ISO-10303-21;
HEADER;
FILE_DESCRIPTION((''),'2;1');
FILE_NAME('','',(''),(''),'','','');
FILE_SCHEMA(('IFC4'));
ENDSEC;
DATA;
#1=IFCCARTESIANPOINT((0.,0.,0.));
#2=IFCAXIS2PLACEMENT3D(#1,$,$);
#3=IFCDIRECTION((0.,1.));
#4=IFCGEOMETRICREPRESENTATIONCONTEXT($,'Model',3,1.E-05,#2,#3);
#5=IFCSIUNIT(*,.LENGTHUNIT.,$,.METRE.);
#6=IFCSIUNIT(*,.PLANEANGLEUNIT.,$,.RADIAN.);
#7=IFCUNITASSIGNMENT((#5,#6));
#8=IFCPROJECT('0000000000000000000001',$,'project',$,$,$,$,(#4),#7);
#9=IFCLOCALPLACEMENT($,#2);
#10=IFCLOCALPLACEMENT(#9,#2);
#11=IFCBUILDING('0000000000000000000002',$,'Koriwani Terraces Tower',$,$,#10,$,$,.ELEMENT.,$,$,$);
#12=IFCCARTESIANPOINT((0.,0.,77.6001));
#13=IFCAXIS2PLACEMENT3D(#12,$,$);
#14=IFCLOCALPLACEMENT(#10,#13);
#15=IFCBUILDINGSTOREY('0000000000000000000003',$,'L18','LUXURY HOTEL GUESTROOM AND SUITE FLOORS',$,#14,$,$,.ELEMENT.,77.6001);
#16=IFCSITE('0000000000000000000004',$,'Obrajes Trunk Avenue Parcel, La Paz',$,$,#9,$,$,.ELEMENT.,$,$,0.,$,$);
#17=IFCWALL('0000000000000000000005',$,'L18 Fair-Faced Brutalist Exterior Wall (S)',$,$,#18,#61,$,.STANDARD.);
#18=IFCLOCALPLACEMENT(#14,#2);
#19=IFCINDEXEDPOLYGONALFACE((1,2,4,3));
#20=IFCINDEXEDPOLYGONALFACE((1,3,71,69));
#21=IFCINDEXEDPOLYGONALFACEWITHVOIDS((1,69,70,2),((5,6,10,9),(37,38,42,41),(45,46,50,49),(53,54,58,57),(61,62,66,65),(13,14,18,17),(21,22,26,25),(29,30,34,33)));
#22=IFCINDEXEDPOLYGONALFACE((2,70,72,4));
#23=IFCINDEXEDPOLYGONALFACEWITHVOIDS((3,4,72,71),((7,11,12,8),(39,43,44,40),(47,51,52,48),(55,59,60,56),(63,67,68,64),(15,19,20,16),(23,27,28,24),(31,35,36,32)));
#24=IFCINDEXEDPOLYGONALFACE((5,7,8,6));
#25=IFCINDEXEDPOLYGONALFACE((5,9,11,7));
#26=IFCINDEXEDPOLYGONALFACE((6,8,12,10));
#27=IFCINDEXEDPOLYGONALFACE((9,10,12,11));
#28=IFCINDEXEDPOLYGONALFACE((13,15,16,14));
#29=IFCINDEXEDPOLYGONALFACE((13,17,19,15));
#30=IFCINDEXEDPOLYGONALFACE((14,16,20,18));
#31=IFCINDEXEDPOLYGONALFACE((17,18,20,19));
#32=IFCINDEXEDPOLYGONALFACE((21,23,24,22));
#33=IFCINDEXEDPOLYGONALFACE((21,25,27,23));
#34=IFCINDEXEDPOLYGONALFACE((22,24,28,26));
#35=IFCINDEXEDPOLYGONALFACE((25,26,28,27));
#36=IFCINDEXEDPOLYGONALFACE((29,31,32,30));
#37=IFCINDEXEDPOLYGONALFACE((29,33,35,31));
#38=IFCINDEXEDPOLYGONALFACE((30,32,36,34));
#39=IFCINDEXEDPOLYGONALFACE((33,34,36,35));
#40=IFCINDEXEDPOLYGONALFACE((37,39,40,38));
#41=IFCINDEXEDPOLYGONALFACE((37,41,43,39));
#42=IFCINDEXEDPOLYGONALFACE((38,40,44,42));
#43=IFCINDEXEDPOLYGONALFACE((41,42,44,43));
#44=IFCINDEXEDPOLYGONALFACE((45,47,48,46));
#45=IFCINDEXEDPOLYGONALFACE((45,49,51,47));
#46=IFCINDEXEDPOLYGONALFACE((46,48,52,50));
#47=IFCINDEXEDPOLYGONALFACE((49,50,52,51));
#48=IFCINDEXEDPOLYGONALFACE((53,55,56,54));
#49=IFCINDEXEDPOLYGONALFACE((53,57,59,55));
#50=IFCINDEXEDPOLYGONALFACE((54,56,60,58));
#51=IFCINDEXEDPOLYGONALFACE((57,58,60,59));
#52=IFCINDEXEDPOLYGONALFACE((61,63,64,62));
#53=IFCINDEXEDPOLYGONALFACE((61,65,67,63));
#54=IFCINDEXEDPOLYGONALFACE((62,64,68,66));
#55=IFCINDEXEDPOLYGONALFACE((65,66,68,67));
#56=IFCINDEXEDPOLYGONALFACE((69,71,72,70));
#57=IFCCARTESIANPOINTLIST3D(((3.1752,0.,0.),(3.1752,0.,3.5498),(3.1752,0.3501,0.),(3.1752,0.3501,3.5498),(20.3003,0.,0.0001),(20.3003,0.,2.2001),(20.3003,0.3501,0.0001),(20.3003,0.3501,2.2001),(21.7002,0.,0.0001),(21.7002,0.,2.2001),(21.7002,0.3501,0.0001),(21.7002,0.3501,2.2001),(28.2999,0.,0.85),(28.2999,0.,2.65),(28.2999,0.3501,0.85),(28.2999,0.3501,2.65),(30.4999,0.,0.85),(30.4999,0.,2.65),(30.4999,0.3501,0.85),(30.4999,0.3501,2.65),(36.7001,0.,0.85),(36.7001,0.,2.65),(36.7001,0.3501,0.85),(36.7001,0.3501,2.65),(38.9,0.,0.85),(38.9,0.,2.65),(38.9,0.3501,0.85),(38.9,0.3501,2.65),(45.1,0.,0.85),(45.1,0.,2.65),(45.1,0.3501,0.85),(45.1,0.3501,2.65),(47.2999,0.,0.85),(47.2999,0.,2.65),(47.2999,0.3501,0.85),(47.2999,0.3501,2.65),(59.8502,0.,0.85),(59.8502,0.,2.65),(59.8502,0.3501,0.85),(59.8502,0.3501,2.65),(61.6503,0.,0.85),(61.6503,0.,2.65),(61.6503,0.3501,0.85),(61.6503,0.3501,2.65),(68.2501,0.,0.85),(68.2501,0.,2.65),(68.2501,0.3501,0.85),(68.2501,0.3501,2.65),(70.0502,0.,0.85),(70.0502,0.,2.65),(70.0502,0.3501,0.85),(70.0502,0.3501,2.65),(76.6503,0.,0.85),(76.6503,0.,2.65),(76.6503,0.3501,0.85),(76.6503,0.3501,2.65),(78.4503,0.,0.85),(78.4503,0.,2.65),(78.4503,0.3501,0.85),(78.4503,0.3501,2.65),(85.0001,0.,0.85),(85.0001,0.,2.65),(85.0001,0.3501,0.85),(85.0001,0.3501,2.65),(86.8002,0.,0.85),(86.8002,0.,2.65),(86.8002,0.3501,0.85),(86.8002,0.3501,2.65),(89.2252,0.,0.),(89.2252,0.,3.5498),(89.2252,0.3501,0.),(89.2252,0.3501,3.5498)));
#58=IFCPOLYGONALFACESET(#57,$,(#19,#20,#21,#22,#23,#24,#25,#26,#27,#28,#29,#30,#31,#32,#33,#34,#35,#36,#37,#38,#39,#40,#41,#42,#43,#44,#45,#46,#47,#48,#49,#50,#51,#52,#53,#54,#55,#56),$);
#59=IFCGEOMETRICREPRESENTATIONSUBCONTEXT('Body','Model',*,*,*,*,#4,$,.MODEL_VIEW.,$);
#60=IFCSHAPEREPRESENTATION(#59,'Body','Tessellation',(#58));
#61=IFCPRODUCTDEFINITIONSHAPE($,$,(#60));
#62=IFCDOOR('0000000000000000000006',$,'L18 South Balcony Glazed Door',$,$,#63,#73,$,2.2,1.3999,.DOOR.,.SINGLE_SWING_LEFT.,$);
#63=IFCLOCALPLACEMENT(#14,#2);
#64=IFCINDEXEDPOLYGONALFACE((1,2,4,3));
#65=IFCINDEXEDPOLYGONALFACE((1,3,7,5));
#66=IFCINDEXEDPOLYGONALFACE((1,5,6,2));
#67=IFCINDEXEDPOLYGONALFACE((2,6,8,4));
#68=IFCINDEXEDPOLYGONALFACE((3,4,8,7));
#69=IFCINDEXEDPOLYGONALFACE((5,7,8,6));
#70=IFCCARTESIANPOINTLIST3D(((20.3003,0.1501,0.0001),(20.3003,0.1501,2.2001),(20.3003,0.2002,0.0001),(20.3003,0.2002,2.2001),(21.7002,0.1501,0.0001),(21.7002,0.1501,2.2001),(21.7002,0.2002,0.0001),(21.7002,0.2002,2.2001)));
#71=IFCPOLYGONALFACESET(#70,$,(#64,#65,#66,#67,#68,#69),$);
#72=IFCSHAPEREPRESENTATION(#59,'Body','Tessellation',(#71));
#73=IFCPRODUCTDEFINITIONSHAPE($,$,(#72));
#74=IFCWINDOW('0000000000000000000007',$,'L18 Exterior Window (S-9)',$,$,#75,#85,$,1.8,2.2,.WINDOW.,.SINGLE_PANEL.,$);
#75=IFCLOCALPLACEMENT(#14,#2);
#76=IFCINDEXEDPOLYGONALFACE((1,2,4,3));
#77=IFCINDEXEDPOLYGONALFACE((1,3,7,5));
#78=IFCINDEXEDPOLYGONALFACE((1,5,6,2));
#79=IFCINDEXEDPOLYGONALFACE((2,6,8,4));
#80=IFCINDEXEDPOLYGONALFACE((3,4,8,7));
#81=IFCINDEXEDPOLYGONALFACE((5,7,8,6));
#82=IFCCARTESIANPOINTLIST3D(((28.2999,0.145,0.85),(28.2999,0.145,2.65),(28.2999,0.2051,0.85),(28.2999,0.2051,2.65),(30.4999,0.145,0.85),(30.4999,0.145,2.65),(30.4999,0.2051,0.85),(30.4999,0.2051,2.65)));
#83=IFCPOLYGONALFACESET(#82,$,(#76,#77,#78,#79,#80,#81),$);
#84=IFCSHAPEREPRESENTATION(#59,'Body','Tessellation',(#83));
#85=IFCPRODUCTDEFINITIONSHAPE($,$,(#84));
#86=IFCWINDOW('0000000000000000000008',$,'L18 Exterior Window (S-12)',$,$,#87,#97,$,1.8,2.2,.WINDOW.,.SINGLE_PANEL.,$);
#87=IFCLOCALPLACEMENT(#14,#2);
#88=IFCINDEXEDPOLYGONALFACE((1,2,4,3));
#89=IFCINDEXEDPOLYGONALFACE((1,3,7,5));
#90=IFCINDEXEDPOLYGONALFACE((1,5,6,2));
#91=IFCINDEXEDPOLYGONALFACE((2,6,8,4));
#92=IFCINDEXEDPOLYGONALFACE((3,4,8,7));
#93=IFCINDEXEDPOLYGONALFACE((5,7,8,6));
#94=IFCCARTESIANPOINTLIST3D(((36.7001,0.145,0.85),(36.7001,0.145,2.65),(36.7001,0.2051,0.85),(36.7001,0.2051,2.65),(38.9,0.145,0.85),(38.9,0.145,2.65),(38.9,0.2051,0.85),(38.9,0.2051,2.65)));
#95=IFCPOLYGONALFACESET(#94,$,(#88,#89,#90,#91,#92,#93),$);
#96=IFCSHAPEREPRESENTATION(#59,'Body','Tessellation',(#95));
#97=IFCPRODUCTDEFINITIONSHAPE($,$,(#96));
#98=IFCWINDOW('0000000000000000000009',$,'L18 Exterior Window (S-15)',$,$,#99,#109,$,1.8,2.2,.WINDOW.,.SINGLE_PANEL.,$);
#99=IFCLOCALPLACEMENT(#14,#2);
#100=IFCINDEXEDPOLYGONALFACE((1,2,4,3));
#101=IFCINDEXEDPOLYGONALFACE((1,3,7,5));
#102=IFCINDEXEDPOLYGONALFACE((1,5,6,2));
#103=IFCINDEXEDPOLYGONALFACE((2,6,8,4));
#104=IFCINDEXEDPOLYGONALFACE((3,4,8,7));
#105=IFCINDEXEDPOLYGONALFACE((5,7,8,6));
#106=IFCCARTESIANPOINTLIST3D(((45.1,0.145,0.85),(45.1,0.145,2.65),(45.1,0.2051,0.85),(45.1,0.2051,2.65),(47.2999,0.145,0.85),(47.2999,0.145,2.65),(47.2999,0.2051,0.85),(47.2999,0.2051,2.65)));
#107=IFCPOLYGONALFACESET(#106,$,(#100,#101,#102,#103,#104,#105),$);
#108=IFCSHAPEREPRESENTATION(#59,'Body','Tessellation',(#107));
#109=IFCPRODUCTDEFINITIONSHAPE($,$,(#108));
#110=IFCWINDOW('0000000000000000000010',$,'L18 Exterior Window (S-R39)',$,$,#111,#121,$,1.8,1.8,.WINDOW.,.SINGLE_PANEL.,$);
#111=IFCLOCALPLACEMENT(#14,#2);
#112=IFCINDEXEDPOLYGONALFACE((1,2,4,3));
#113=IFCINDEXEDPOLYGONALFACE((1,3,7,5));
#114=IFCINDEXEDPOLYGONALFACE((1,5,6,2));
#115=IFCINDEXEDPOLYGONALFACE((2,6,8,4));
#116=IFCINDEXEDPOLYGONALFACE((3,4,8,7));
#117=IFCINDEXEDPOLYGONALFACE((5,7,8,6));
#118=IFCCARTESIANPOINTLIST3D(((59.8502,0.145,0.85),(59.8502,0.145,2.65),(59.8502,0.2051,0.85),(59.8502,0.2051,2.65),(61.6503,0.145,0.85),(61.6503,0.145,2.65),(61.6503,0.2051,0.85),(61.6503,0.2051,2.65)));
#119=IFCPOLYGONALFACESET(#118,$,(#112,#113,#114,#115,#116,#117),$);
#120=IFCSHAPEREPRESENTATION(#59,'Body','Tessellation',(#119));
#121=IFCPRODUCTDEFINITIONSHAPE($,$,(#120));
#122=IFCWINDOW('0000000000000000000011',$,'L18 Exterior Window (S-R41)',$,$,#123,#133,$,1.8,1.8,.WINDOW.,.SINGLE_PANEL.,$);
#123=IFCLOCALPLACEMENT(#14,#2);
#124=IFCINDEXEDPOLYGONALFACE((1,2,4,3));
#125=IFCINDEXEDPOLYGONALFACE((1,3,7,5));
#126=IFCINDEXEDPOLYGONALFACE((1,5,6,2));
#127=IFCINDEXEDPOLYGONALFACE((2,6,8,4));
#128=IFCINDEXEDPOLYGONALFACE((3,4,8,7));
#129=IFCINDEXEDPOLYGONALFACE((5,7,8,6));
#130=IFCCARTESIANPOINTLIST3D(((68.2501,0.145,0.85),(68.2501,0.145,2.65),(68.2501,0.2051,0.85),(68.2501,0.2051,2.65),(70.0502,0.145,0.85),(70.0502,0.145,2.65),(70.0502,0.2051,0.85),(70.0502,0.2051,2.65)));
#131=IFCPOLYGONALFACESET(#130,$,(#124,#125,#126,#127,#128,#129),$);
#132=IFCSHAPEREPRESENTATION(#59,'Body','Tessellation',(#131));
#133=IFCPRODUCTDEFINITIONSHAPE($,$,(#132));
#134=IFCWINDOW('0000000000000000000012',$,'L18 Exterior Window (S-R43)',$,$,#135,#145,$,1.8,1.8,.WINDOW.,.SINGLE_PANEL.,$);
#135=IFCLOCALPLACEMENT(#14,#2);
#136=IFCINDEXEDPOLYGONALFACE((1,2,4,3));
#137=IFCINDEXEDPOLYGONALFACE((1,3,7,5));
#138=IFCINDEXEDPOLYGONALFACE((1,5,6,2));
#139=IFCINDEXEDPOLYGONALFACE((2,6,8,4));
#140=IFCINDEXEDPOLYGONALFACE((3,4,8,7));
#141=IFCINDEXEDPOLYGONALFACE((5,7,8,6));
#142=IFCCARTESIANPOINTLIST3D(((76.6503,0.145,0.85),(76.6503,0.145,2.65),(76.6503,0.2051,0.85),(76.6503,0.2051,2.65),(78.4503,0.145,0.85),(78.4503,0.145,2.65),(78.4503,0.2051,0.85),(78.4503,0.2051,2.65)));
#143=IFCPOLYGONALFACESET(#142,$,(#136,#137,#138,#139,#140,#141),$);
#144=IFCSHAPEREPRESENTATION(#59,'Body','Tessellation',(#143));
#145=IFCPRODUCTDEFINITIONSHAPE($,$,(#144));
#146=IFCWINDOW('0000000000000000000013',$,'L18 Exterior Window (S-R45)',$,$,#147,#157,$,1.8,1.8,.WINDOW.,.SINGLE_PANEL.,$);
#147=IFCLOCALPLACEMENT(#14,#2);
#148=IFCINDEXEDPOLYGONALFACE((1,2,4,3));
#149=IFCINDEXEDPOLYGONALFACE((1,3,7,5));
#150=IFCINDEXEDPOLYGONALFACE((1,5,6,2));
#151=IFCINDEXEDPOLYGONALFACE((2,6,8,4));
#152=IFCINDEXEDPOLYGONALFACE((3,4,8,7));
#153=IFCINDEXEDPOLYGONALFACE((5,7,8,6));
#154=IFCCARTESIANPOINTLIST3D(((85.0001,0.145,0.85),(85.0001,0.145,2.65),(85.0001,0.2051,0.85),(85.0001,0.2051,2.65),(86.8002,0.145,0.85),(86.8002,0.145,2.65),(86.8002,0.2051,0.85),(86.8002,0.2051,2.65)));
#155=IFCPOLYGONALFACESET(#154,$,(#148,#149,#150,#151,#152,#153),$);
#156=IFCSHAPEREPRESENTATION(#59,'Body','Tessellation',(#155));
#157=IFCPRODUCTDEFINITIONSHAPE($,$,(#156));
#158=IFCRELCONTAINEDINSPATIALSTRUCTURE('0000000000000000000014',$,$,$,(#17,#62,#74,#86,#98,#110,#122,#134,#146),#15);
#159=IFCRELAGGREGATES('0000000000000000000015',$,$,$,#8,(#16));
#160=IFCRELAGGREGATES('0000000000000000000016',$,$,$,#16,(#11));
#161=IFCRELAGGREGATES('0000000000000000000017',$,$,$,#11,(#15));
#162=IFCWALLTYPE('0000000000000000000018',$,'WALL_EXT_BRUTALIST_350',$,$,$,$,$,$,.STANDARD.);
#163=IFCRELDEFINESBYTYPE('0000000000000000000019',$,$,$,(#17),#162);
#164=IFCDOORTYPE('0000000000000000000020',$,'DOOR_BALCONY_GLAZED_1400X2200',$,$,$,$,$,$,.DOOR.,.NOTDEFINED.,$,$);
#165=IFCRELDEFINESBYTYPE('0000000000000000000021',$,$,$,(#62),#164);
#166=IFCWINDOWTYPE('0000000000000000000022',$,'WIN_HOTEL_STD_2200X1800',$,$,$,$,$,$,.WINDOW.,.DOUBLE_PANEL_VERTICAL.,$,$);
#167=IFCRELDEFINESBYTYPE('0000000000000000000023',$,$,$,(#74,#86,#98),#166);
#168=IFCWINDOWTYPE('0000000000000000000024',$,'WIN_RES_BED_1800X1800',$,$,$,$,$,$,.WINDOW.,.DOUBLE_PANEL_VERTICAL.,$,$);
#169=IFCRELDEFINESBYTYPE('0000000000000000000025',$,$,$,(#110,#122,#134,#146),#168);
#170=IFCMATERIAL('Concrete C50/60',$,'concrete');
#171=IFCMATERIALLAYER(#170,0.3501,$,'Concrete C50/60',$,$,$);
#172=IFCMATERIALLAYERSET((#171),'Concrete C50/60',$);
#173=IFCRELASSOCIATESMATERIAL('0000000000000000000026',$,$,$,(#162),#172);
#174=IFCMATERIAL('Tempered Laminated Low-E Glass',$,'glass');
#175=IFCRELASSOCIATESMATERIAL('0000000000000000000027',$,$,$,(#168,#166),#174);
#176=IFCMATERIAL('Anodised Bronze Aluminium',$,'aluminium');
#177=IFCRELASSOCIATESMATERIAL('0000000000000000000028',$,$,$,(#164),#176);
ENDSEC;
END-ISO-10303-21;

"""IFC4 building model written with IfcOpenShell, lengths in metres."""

from ifc_helpers import new_model, si_unit, direction, frame, frame_2d, origin, place, context, subcontext, project, spatial, rectangle, extrude, material, layer, layer_set, type_object, element, fill, save


model = new_model("IFC4")

# Units and contexts
model_context = context("Model", 3, precision=1e-05, world=origin(), true_north=direction((0.0, 1.0)))
body_context = subcontext(model_context, "Body", "Model", "MODEL_VIEW")
ifc_project = project(units=[si_unit("LENGTHUNIT", "METRE"), si_unit("PLANEANGLEUNIT", "RADIAN")], contexts=[model_context])

# Site, building, storey
site_placement = place(None, origin())
site = spatial("IfcSite", under=ifc_project, at=site_placement, Name="Obrajes Trunk Avenue Parcel, La Paz", CompositionType="ELEMENT", RefElevation=0.0)
building_placement = place(site_placement, origin())
building = spatial("IfcBuilding", under=site, at=building_placement, Name="Koriwani Terraces Tower", CompositionType="ELEMENT")
storey_placement = place(building_placement, frame((0.0, 0.0, 77.6001)))
storey = spatial("IfcBuildingStorey", under=building, at=storey_placement, Name="L18", Description="LUXURY HOTEL GUESTROOM AND SUITE FLOORS", CompositionType="ELEMENT", Elevation=77.6001)

# Shared definitions
ifc_material_1 = material(Name="Concrete C50/60", Category="concrete")

# Shared definitions
ifc_layer_1 = layer(ifc_material_1, 0.3501, Name="Concrete C50/60")
ifc_layer_set_1 = layer_set([ifc_layer_1], Name="Concrete C50/60")
wall_type_1 = type_object("IfcWallType", Name="WALL_EXT_BRUTALIST_350", PredefinedType="STANDARD", material=ifc_layer_set_1)

# Shared definitions
ifc_material_2 = material(Name="Tempered Laminated Low-E Glass", Category="glass")
window_type_1 = type_object("IfcWindowType", Name="WIN_RES_BED_1800X1800", PartitioningType="DOUBLE_PANEL_VERTICAL", PredefinedType="WINDOW", material=ifc_material_2)

# Wall, openings, door, windows
wall_1_placement = place(storey_placement, frame((89.2251, 0.175, 0.0), z_axis=(0.0, 0.0, 1.0), x_axis=(-1.0, 0.0, 0.0)))
wall_1 = element("IfcWall", 1, at=wall_1_placement, inside=storey, type_object=wall_type_1, Name="L18 Fair-Faced Brutalist Exterior Wall (S)", PredefinedType="STANDARD", context=body_context, shape_type="SweptSolid", body=[
    extrude(rectangle(XDim=86.05, YDim=0.3501, at=frame_2d((43.0249, 0.0))), origin(), (0.0, 0.0, 1.0), 3.5498),
])
opening_1_placement = place(wall_1_placement, frame((67.5249, 0.0, 0.0)))
opening_1 = element("IfcOpeningElement", 2, at=opening_1_placement, cuts=wall_1, PredefinedType="OPENING", context=body_context, shape_type="SweptSolid", body=[
    extrude(rectangle(XDim=1.3999, YDim=2.2, at=frame_2d((0.7, 1.1001))), frame((0.0, 0.1851, 0.0), z_axis=(0.0, -1.0, 0.0), x_axis=(1.0, 0.0, 0.0)), (0.0, 0.0, 1.0), 0.3701),
])
opening_2_placement = place(wall_1_placement, frame((58.7251, 0.0, 0.8501)))
opening_2 = element("IfcOpeningElement", 3, at=opening_2_placement, cuts=wall_1, PredefinedType="OPENING", context=body_context, shape_type="SweptSolid", body=[
    extrude(rectangle(XDim=2.2, YDim=1.8, at=frame_2d((1.1001, 0.8999))), frame((0.0, 0.1851, 0.0), z_axis=(0.0, -1.0, 0.0), x_axis=(1.0, 0.0, 0.0)), (0.0, 0.0, 1.0), 0.3701),
])
opening_3_placement = place(wall_1_placement, frame((50.325, 0.0, 0.8501)))
opening_3 = element("IfcOpeningElement", 4, at=opening_3_placement, cuts=wall_1, PredefinedType="OPENING", context=body_context, shape_type="SweptSolid", body=[
    extrude(rectangle(XDim=2.2, YDim=1.8, at=frame_2d((1.1001, 0.8999))), frame((0.0, 0.1851, 0.0), z_axis=(0.0, -1.0, 0.0), x_axis=(1.0, 0.0, 0.0)), (0.0, 0.0, 1.0), 0.3701),
])
opening_4_placement = place(wall_1_placement, frame((41.925, 0.0, 0.8501)))
opening_4 = element("IfcOpeningElement", 5, at=opening_4_placement, cuts=wall_1, PredefinedType="OPENING", context=body_context, shape_type="SweptSolid", body=[
    extrude(rectangle(XDim=2.2, YDim=1.8, at=frame_2d((1.1001, 0.8999))), frame((0.0, 0.1851, 0.0), z_axis=(0.0, -1.0, 0.0), x_axis=(1.0, 0.0, 0.0)), (0.0, 0.0, 1.0), 0.3701),
])
opening_5_placement = place(wall_1_placement, frame((27.575, 0.0, 0.8501)))
opening_5 = element("IfcOpeningElement", 6, at=opening_5_placement, cuts=wall_1, PredefinedType="OPENING", context=body_context, shape_type="SweptSolid", body=[
    extrude(rectangle(XDim=1.8, YDim=1.8, at=frame_2d((0.8999, 0.8999))), frame((0.0, 0.1851, 0.0), z_axis=(0.0, -1.0, 0.0), x_axis=(1.0, 0.0, 0.0)), (0.0, 0.0, 1.0), 0.3701),
])
opening_6_placement = place(wall_1_placement, frame((19.175, 0.0, 0.8501)))
opening_6 = element("IfcOpeningElement", 7, at=opening_6_placement, cuts=wall_1, PredefinedType="OPENING", context=body_context, shape_type="SweptSolid", body=[
    extrude(rectangle(XDim=1.8, YDim=1.8, at=frame_2d((0.8999, 0.8999))), frame((0.0, 0.1851, 0.0), z_axis=(0.0, -1.0, 0.0), x_axis=(1.0, 0.0, 0.0)), (0.0, 0.0, 1.0), 0.3701),
])
opening_7_placement = place(wall_1_placement, frame((10.7749, 0.0, 0.8501)))
opening_7 = element("IfcOpeningElement", 8, at=opening_7_placement, cuts=wall_1, PredefinedType="OPENING", context=body_context, shape_type="SweptSolid", body=[
    extrude(rectangle(XDim=1.8, YDim=1.8, at=frame_2d((0.8999, 0.8999))), frame((0.0, 0.1851, 0.0), z_axis=(0.0, -1.0, 0.0), x_axis=(1.0, 0.0, 0.0)), (0.0, 0.0, 1.0), 0.3701),
])
opening_8_placement = place(wall_1_placement, frame((2.425, 0.0, 0.8501)))
opening_8 = element("IfcOpeningElement", 9, at=opening_8_placement, cuts=wall_1, PredefinedType="OPENING", context=body_context, shape_type="SweptSolid", body=[
    extrude(rectangle(XDim=1.8, YDim=1.8, at=frame_2d((0.8999, 0.8999))), frame((0.0, 0.1851, 0.0), z_axis=(0.0, -1.0, 0.0), x_axis=(1.0, 0.0, 0.0)), (0.0, 0.0, 1.0), 0.3701),
])
ifc_material_3 = material(Name="Anodised Bronze Aluminium", Category="aluminium")
door_type_1 = type_object("IfcDoorType", Name="DOOR_BALCONY_GLAZED_1400X2200", OperationType="NOTDEFINED", PredefinedType="DOOR", material=ifc_material_3)
door_1_placement = place(opening_1_placement, origin())
door_1 = element("IfcDoor", 10, at=door_1_placement, inside=storey, type_object=door_type_1, Name="L18 South Balcony Glazed Door", OperationType="SINGLE_SWING_LEFT", OverallHeight=2.2, OverallWidth=1.3999, PredefinedType="DOOR", context=body_context, shape_type="SweptSolid", body=[
    extrude(rectangle(XDim=1.3999, YDim=2.2, at=frame_2d((0.7, 1.1001))), frame((0.0, 0.0249, 0.0), z_axis=(0.0, -1.0, 0.0), x_axis=(1.0, 0.0, 0.0)), (0.0, 0.0, 1.0), 0.05),
])
fill(opening_1, door_1)
window_type_2 = type_object("IfcWindowType", Name="WIN_HOTEL_STD_2200X1800", PartitioningType="DOUBLE_PANEL_VERTICAL", PredefinedType="WINDOW", material=ifc_material_2)
window_1_placement = place(opening_2_placement, origin())
window_1 = element("IfcWindow", 11, at=window_1_placement, inside=storey, type_object=window_type_2, Name="L18 Exterior Window (S-9)", OverallHeight=1.8, OverallWidth=2.2, PartitioningType="SINGLE_PANEL", PredefinedType="WINDOW", context=body_context, shape_type="SweptSolid", body=[
    extrude(rectangle(XDim=2.2, YDim=1.8, at=frame_2d((1.1001, 0.8999))), frame((0.0, 0.03, 0.0), z_axis=(0.0, -1.0, 0.0), x_axis=(1.0, 0.0, 0.0)), (0.0, 0.0, 1.0), 0.0601),
])
fill(opening_2, window_1)
window_2_placement = place(opening_3_placement, origin())
window_2 = element("IfcWindow", 12, at=window_2_placement, inside=storey, type_object=window_type_2, Name="L18 Exterior Window (S-12)", OverallHeight=1.8, OverallWidth=2.2, PartitioningType="SINGLE_PANEL", PredefinedType="WINDOW", context=body_context, shape_type="SweptSolid", body=[
    extrude(rectangle(XDim=2.2, YDim=1.8, at=frame_2d((1.1001, 0.8999))), frame((0.0, 0.03, 0.0), z_axis=(0.0, -1.0, 0.0), x_axis=(1.0, 0.0, 0.0)), (0.0, 0.0, 1.0), 0.0601),
])
fill(opening_3, window_2)
window_3_placement = place(opening_4_placement, origin())
window_3 = element("IfcWindow", 13, at=window_3_placement, inside=storey, type_object=window_type_2, Name="L18 Exterior Window (S-15)", OverallHeight=1.8, OverallWidth=2.2, PartitioningType="SINGLE_PANEL", PredefinedType="WINDOW", context=body_context, shape_type="SweptSolid", body=[
    extrude(rectangle(XDim=2.2, YDim=1.8, at=frame_2d((1.1001, 0.8999))), frame((0.0, 0.03, 0.0), z_axis=(0.0, -1.0, 0.0), x_axis=(1.0, 0.0, 0.0)), (0.0, 0.0, 1.0), 0.0601),
])
fill(opening_4, window_3)
window_4_placement = place(opening_5_placement, origin())
window_4 = element("IfcWindow", 14, at=window_4_placement, inside=storey, type_object=window_type_1, Name="L18 Exterior Window (S-R39)", OverallHeight=1.8, OverallWidth=1.8, PartitioningType="SINGLE_PANEL", PredefinedType="WINDOW", context=body_context, shape_type="SweptSolid", body=[
    extrude(rectangle(XDim=1.8, YDim=1.8, at=frame_2d((0.8999, 0.8999))), frame((0.0, 0.03, 0.0), z_axis=(0.0, -1.0, 0.0), x_axis=(1.0, 0.0, 0.0)), (0.0, 0.0, 1.0), 0.0601),
])
fill(opening_5, window_4)
window_5_placement = place(opening_6_placement, origin())
window_5 = element("IfcWindow", 15, at=window_5_placement, inside=storey, type_object=window_type_1, Name="L18 Exterior Window (S-R41)", OverallHeight=1.8, OverallWidth=1.8, PartitioningType="SINGLE_PANEL", PredefinedType="WINDOW", context=body_context, shape_type="SweptSolid", body=[
    extrude(rectangle(XDim=1.8, YDim=1.8, at=frame_2d((0.8999, 0.8999))), frame((0.0, 0.03, 0.0), z_axis=(0.0, -1.0, 0.0), x_axis=(1.0, 0.0, 0.0)), (0.0, 0.0, 1.0), 0.0601),
])
fill(opening_6, window_5)
window_6_placement = place(opening_7_placement, origin())
window_6 = element("IfcWindow", 16, at=window_6_placement, inside=storey, type_object=window_type_1, Name="L18 Exterior Window (S-R43)", OverallHeight=1.8, OverallWidth=1.8, PartitioningType="SINGLE_PANEL", PredefinedType="WINDOW", context=body_context, shape_type="SweptSolid", body=[
    extrude(rectangle(XDim=1.8, YDim=1.8, at=frame_2d((0.8999, 0.8999))), frame((0.0, 0.03, 0.0), z_axis=(0.0, -1.0, 0.0), x_axis=(1.0, 0.0, 0.0)), (0.0, 0.0, 1.0), 0.0601),
])
fill(opening_7, window_6)
window_7_placement = place(opening_8_placement, origin())
window_7 = element("IfcWindow", 17, at=window_7_placement, inside=storey, type_object=window_type_1, Name="L18 Exterior Window (S-R45)", OverallHeight=1.8, OverallWidth=1.8, PartitioningType="SINGLE_PANEL", PredefinedType="WINDOW", context=body_context, shape_type="SweptSolid", body=[
    extrude(rectangle(XDim=1.8, YDim=1.8, at=frame_2d((0.8999, 0.8999))), frame((0.0, 0.03, 0.0), z_axis=(0.0, -1.0, 0.0), x_axis=(1.0, 0.0, 0.0)), (0.0, 0.0, 1.0), 0.0601),
])
fill(opening_8, window_7)

save(model, "model.ifc")
